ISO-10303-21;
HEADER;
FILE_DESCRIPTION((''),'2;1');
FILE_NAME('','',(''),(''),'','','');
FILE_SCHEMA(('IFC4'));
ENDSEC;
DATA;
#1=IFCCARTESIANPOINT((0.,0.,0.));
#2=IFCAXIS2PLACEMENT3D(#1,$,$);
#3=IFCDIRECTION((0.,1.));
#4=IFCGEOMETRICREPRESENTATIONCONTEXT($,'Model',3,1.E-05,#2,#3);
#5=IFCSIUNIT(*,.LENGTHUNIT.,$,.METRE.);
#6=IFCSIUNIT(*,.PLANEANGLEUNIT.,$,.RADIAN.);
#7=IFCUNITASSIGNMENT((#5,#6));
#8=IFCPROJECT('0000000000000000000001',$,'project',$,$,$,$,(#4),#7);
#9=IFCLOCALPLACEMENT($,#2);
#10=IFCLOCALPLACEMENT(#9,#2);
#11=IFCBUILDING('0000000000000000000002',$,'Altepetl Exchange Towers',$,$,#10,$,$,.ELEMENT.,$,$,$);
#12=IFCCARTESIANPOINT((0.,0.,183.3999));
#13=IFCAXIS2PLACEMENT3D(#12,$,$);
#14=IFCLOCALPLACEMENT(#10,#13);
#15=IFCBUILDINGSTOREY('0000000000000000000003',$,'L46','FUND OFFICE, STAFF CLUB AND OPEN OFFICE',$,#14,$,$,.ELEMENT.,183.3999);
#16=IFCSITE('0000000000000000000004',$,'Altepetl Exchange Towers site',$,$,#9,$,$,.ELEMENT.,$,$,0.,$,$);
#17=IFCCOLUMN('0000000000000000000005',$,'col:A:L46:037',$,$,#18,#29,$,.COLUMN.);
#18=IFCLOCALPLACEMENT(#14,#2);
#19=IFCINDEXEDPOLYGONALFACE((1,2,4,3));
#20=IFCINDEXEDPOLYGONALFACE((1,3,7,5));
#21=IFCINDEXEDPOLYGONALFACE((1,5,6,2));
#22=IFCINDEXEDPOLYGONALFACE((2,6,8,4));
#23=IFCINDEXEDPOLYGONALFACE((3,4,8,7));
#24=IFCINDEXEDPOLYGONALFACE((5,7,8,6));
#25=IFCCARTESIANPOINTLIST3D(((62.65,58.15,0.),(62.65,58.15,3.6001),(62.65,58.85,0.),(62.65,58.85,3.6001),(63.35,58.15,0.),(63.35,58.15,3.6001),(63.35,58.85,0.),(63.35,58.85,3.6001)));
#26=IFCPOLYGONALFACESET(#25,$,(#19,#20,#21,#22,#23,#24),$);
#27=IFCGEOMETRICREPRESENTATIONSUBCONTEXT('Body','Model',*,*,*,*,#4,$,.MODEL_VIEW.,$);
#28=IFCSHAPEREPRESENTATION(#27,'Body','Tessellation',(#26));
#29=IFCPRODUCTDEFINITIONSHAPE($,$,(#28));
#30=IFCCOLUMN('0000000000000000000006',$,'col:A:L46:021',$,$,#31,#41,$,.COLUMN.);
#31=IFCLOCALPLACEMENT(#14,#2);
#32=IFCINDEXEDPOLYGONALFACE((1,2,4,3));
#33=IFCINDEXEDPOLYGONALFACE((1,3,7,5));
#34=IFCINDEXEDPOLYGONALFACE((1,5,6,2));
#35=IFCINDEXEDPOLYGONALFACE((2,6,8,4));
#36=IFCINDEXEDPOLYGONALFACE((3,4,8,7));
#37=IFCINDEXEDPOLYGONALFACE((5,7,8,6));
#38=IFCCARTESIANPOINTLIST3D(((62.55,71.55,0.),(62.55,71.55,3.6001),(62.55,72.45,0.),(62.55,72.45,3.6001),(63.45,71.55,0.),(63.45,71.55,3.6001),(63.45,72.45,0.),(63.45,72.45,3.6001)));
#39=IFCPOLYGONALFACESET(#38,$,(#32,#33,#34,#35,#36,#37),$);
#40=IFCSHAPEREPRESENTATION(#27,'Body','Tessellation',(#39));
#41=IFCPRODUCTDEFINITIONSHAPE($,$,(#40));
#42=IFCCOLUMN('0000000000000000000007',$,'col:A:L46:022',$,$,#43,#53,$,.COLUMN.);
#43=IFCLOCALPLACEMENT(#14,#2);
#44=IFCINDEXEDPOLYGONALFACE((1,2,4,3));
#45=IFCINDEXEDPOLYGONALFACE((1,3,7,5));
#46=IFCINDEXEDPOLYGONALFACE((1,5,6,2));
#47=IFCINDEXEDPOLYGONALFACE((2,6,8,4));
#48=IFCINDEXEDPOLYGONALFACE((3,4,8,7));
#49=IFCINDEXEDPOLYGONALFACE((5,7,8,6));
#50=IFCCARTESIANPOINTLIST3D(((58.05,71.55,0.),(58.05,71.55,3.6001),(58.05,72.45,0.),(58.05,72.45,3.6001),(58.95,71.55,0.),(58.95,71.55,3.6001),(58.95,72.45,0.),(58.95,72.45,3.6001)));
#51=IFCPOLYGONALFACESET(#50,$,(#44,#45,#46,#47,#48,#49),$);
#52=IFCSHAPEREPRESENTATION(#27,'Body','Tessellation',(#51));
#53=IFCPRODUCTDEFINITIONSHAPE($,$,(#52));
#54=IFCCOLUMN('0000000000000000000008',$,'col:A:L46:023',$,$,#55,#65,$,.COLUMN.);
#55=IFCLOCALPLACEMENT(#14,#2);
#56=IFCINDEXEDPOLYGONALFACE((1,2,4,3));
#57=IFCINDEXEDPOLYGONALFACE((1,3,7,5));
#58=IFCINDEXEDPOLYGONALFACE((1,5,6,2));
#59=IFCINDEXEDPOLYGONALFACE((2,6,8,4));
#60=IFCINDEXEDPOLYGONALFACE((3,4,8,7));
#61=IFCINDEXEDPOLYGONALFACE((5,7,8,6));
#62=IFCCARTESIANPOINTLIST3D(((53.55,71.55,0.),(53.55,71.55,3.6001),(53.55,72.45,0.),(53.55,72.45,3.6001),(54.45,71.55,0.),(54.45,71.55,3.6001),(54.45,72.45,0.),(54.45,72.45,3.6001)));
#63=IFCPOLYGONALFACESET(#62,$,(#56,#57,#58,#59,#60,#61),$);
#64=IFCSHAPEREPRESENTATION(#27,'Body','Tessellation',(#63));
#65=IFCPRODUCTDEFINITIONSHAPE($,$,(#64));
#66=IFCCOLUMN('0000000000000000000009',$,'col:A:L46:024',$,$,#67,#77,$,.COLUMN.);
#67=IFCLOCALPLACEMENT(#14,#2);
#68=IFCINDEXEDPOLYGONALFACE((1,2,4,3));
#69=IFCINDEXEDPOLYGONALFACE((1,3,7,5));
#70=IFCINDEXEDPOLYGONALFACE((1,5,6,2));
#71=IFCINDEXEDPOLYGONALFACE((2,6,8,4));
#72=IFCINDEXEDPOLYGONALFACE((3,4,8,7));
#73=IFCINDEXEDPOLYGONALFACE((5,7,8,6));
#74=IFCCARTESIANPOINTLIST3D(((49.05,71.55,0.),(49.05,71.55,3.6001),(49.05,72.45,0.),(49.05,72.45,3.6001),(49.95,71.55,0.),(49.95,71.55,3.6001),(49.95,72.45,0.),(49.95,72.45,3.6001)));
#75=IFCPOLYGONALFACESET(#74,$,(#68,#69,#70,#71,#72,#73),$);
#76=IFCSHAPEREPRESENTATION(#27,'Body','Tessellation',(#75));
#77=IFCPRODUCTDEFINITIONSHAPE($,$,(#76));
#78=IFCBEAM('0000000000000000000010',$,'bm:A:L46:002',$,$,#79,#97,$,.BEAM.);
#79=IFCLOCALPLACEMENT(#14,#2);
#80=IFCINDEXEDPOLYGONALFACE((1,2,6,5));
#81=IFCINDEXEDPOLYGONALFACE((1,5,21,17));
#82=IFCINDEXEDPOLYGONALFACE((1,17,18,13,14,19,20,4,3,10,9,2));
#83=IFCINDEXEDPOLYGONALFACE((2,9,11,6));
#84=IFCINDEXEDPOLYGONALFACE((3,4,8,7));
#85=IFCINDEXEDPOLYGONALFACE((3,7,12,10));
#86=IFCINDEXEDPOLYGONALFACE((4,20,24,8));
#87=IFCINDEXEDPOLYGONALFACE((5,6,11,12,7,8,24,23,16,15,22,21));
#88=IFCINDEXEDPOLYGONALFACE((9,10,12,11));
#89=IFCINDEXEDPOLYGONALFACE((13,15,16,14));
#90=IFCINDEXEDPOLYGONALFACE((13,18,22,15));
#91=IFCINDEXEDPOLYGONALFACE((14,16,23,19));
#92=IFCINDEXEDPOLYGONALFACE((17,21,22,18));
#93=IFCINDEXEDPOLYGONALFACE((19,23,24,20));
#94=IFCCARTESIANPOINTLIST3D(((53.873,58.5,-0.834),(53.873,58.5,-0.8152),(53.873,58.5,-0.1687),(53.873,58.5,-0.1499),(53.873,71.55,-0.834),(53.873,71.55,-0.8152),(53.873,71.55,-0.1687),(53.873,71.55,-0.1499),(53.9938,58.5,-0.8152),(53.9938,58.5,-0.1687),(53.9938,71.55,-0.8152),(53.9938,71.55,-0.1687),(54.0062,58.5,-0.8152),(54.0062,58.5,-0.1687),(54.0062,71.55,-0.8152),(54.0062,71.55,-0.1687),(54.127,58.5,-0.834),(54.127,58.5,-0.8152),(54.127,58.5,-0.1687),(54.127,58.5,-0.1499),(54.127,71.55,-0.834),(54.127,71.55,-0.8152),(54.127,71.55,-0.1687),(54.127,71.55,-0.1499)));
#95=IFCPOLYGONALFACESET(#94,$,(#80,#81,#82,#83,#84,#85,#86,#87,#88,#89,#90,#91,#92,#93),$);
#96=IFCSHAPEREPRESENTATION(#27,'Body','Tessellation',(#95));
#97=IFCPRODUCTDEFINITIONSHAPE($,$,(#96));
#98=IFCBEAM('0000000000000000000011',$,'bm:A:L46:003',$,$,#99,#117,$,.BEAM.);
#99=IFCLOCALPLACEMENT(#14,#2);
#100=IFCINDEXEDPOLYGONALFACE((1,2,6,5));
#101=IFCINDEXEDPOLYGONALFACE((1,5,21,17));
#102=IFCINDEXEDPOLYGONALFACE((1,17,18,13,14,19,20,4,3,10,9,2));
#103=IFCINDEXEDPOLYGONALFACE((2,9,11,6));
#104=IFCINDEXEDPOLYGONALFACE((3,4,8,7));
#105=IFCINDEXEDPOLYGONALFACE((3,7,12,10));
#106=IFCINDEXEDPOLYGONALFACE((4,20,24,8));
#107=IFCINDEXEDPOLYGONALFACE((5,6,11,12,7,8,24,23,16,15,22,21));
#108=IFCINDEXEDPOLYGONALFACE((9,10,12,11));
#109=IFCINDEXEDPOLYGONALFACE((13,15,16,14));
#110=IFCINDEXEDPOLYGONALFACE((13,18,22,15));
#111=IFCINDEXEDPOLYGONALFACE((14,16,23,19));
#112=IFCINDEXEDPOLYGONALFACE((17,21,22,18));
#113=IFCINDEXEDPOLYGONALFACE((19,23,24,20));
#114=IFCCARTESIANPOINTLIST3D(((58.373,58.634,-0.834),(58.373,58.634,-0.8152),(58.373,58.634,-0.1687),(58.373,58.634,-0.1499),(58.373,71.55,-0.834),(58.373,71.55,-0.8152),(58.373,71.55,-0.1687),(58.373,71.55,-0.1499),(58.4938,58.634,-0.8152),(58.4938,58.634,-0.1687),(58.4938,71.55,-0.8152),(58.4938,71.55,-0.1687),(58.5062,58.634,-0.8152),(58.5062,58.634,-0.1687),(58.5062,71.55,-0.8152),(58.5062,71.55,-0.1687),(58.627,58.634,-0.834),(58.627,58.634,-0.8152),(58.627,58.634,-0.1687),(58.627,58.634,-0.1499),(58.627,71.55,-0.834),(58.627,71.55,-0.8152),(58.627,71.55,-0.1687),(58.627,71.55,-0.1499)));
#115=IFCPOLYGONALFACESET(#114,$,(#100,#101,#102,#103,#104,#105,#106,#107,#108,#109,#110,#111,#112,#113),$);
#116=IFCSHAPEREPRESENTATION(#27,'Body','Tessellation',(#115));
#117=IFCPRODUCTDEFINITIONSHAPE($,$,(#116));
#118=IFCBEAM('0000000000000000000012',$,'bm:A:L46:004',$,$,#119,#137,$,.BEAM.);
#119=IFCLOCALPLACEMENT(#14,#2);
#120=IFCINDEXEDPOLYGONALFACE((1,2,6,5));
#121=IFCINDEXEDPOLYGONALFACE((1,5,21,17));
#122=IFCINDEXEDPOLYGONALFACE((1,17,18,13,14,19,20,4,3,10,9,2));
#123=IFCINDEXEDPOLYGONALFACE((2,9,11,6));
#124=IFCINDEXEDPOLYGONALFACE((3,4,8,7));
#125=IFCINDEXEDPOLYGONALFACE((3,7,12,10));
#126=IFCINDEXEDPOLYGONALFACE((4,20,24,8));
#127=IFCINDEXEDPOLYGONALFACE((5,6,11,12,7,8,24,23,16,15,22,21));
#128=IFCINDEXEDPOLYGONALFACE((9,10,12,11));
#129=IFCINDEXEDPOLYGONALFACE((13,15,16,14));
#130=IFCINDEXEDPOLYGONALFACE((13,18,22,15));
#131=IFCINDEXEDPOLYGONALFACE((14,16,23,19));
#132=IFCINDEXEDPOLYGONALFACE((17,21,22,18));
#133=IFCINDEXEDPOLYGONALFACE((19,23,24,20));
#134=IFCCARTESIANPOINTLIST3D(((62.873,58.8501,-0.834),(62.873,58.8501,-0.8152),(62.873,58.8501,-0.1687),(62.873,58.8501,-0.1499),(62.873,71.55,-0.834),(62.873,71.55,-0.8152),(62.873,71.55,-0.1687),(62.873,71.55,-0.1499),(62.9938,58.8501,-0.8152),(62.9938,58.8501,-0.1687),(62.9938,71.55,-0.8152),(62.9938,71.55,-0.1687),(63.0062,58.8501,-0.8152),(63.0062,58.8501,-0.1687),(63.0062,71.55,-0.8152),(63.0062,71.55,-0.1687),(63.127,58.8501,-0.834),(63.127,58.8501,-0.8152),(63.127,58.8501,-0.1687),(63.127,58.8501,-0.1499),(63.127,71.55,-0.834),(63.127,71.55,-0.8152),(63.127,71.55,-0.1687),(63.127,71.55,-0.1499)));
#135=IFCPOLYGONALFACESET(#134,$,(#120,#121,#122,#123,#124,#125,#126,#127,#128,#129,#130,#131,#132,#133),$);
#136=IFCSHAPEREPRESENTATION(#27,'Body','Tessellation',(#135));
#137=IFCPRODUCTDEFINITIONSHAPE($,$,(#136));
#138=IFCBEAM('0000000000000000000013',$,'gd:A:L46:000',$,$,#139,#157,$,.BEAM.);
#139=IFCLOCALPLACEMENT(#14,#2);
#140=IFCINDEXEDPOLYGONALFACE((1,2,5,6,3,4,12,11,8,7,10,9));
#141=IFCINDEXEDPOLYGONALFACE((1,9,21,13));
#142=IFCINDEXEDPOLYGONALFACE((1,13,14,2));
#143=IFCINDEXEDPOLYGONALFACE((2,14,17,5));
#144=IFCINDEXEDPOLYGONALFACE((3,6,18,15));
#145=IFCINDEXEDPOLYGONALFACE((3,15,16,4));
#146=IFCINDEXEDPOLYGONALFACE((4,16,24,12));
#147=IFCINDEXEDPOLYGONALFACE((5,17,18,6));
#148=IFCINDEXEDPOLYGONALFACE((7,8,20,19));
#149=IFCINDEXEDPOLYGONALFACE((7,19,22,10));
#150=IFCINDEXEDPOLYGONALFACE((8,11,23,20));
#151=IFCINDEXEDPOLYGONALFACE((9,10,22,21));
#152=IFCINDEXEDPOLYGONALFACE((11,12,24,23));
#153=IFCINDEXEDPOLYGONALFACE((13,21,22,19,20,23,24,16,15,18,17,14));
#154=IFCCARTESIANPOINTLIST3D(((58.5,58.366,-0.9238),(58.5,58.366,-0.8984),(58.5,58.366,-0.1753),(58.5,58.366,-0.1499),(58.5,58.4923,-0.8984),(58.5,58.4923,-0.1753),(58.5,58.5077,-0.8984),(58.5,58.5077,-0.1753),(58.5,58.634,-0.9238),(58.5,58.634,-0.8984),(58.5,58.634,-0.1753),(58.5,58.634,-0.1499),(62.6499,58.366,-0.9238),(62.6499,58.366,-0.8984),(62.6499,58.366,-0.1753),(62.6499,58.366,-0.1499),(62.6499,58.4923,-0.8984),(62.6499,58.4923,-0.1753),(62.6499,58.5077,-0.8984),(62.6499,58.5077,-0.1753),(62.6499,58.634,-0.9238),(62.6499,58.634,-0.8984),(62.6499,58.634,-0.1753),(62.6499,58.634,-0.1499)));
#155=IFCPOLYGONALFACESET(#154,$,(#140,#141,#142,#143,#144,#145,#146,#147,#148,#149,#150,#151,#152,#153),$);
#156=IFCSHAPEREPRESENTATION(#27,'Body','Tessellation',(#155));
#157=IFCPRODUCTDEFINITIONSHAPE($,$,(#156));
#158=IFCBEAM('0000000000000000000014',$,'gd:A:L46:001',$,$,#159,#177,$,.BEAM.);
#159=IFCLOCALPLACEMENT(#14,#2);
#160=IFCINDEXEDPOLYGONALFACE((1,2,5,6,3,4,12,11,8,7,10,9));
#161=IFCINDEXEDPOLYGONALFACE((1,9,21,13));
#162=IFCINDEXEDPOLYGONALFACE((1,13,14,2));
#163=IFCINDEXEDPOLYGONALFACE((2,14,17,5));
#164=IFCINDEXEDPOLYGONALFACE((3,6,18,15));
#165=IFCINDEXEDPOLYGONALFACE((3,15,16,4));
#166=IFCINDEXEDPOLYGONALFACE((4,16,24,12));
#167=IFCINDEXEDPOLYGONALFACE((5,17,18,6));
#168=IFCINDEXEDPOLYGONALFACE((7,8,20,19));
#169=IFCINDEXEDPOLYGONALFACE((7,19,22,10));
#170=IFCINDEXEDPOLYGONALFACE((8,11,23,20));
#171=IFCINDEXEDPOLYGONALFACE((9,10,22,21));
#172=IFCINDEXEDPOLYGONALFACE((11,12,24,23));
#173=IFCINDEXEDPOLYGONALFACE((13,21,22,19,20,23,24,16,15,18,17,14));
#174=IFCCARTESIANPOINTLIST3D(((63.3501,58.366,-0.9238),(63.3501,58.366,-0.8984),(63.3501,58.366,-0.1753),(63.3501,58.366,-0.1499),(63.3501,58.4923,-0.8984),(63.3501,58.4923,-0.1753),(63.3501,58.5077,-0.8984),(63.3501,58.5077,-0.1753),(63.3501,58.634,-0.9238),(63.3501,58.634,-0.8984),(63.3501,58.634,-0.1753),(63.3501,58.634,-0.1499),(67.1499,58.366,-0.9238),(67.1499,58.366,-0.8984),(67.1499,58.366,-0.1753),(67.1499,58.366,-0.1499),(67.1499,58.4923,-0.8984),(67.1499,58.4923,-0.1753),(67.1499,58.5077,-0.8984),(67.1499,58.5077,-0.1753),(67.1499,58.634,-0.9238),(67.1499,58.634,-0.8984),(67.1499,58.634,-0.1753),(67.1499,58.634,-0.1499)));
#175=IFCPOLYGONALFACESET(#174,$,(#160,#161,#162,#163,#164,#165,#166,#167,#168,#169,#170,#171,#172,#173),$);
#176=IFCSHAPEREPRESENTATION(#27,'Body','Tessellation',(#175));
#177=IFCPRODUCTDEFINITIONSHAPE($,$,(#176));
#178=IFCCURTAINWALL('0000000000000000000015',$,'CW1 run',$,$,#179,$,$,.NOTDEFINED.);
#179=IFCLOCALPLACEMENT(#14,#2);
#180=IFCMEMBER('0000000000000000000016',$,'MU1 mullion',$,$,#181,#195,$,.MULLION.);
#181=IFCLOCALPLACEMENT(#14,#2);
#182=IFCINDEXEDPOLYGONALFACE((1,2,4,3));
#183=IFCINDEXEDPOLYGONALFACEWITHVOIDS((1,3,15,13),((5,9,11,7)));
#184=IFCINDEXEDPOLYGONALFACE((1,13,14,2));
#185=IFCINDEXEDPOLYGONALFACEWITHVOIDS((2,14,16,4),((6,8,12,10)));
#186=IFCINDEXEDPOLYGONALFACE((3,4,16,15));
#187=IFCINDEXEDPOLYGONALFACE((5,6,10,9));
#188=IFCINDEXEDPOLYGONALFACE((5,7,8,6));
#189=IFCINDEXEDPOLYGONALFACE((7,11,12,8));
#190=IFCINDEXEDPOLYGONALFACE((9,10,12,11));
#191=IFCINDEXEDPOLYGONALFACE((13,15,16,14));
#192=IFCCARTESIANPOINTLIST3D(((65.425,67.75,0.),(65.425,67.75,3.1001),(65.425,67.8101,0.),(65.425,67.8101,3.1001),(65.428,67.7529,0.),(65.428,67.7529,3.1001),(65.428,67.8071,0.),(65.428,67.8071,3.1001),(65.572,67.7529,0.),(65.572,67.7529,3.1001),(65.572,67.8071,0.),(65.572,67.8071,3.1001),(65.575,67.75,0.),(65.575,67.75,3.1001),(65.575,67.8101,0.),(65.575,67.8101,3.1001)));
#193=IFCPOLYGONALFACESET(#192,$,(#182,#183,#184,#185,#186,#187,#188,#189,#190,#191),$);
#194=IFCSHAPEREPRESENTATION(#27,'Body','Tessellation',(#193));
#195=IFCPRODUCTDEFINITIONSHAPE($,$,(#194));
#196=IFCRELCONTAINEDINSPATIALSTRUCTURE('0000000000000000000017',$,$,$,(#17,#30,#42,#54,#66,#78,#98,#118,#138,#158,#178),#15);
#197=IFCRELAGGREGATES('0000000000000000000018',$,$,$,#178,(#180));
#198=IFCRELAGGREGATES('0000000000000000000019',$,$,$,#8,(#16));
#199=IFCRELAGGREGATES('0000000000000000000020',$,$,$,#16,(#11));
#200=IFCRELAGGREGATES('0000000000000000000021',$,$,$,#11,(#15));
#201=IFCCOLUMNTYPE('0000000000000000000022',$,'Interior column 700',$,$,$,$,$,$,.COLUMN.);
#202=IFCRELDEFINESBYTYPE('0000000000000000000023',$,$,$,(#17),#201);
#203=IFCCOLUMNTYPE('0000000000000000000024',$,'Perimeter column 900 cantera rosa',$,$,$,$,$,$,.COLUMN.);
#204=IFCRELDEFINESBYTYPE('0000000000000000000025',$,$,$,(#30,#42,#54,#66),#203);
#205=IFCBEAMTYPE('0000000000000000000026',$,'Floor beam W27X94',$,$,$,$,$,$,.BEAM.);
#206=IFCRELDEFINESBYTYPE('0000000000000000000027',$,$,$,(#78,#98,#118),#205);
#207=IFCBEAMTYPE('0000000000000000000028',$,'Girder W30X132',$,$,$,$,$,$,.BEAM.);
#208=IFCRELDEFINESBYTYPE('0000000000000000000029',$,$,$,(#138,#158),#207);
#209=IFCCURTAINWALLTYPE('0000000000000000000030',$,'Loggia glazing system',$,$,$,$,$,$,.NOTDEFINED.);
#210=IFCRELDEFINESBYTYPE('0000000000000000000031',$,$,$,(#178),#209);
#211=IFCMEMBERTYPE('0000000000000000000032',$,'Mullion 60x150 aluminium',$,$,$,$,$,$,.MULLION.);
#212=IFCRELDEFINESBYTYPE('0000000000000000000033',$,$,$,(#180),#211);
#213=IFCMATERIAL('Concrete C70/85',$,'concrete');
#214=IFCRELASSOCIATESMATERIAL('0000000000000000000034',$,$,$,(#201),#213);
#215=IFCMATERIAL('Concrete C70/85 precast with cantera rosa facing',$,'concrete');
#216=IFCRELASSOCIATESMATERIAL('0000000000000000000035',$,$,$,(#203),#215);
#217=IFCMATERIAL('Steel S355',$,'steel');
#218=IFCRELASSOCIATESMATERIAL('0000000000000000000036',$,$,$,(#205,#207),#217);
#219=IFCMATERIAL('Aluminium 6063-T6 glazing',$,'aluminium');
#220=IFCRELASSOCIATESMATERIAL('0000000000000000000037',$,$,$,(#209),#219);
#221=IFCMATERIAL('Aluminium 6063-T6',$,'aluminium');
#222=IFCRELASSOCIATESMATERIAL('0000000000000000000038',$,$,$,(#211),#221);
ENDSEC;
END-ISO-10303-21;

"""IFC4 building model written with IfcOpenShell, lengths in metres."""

from ifc_helpers import new_model, si_unit, direction, frame, origin, origin_2d, place, context, subcontext, project, spatial, rectangle, hollow_rectangle, i_section, extrude, material, material_profile, profile_set, type_object, element, aggregate, save


model = new_model("IFC4")

# Units and contexts
model_context = context("Model", 3, precision=1e-05, world=origin(), true_north=direction((0.0, 1.0)))
body_context = subcontext(model_context, "Body", "Model", "MODEL_VIEW")
ifc_project = project(units=[si_unit("LENGTHUNIT", "METRE"), si_unit("PLANEANGLEUNIT", "RADIAN")], contexts=[model_context])

# Site, building, storey
site_placement = place(None, origin())
site = spatial("IfcSite", under=ifc_project, at=site_placement, Name="Altepetl Exchange Towers site", CompositionType="ELEMENT", RefElevation=0.0)
building_placement = place(site_placement, origin())
building = spatial("IfcBuilding", under=site, at=building_placement, Name="Altepetl Exchange Towers", CompositionType="ELEMENT")
storey_placement = place(building_placement, frame((0.0, 0.0, 183.3999)))
storey = spatial("IfcBuildingStorey", under=building, at=storey_placement, Name="L46", Description="FUND OFFICE, STAFF CLUB AND OPEN OFFICE", CompositionType="ELEMENT", Elevation=183.3999)

# Columns
ifc_material_1 = material(Name="Concrete C70/85", Category="concrete")
ifc_material_profile_1 = material_profile(ifc_material_1, rectangle(XDim=0.7, YDim=0.7, at=origin_2d()), Name="700 x 700")
ifc_profile_set_1 = profile_set([ifc_material_profile_1], Name="Concrete C70/85")
column_type_1 = type_object("IfcColumnType", Name="Interior column 700", PredefinedType="COLUMN", material=ifc_profile_set_1)
column_placement = place(storey_placement, frame((63.0, 58.5, 0.0)))
element("IfcColumn", 1, at=column_placement, inside=storey, type_object=column_type_1, Name="col:A:L46:037", PredefinedType="COLUMN", context=body_context, shape_type="SweptSolid", body=[
    extrude(rectangle(XDim=0.7, YDim=0.7, at=origin_2d()), origin(), (0.0, 0.0, 1.0), 3.6001),
])
ifc_material_2 = material(Name="Concrete C70/85 precast with cantera rosa facing", Category="concrete")
ifc_material_profile_2 = material_profile(ifc_material_2, rectangle(XDim=0.8999, YDim=0.8999, at=origin_2d()), Name="900 x 900")
ifc_profile_set_2 = profile_set([ifc_material_profile_2], Name="Concrete C70/85 precast with cantera rosa facing")
column_type_2 = type_object("IfcColumnType", Name="Perimeter column 900 cantera rosa", PredefinedType="COLUMN", material=ifc_profile_set_2)
for number, where, name in (
    (2, (63.0, 72.0, 0.0), "col:A:L46:021"),
    (3, (58.5, 72.0, 0.0), "col:A:L46:022"),
    (4, (54.0, 72.0, 0.0), "col:A:L46:023"),
    (5, (49.5, 72.0, 0.0), "col:A:L46:024"),
):
    element("IfcColumn", number, at=place(storey_placement, frame(where)), inside=storey, type_object=column_type_2, Name=name, PredefinedType="COLUMN", context=body_context, shape_type="SweptSolid", body=[
        extrude(rectangle(XDim=0.8999, YDim=0.8999, at=origin_2d()), origin(), (0.0, 0.0, 1.0), 3.6001),
    ])

# Beams
ifc_material_3 = material(Name="Steel S355", Category="steel")
ifc_material_profile_3 = material_profile(ifc_material_3, i_section(OverallWidth=0.2539, OverallDepth=0.6841, WebThickness=0.0125, FlangeThickness=0.0188, at=origin_2d()), Name="W27X94")
ifc_profile_set_3 = profile_set([ifc_material_profile_3], Name="Steel S355")
beam_type_1 = type_object("IfcBeamType", Name="Floor beam W27X94", PredefinedType="BEAM", material=ifc_profile_set_3)
beam_1_placement = place(storey_placement, frame((54.0, 58.5, -0.4919), z_axis=(0.0, 1.0, 0.0), x_axis=(-1.0, 0.0, 0.0)))
element("IfcBeam", 6, at=beam_1_placement, inside=storey, type_object=beam_type_1, Name="bm:A:L46:002", PredefinedType="BEAM", context=body_context, shape_type="SweptSolid", body=[
    extrude(i_section(OverallWidth=0.2539, OverallDepth=0.6841, WebThickness=0.0125, FlangeThickness=0.0188, at=origin_2d()), origin(), (0.0, 0.0, 1.0), 13.05),
])
beam_2_placement = place(storey_placement, frame((58.5, 58.634, -0.4919), z_axis=(0.0, 1.0, 0.0), x_axis=(-1.0, 0.0, 0.0)))
element("IfcBeam", 7, at=beam_2_placement, inside=storey, type_object=beam_type_1, Name="bm:A:L46:003", PredefinedType="BEAM", context=body_context, shape_type="SweptSolid", body=[
    extrude(i_section(OverallWidth=0.2539, OverallDepth=0.6841, WebThickness=0.0125, FlangeThickness=0.0188, at=origin_2d()), origin(), (0.0, 0.0, 1.0), 12.916),
])
beam_3_placement = place(storey_placement, frame((63.0, 58.8501, -0.4919), z_axis=(0.0, 1.0, 0.0), x_axis=(-1.0, 0.0, 0.0)))
element("IfcBeam", 8, at=beam_3_placement, inside=storey, type_object=beam_type_1, Name="bm:A:L46:004", PredefinedType="BEAM", context=body_context, shape_type="SweptSolid", body=[
    extrude(i_section(OverallWidth=0.2539, OverallDepth=0.6841, WebThickness=0.0125, FlangeThickness=0.0188, at=origin_2d()), origin(), (0.0, 0.0, 1.0), 12.7),
])
ifc_material_profile_4 = material_profile(ifc_material_3, i_section(OverallWidth=0.2681, OverallDepth=0.7739, WebThickness=0.0154, FlangeThickness=0.0254, at=origin_2d()), Name="W30X132")
ifc_profile_set_4 = profile_set([ifc_material_profile_4], Name="Steel S355")
beam_type_2 = type_object("IfcBeamType", Name="Girder W30X132", PredefinedType="BEAM", material=ifc_profile_set_4)
beam_4_placement = place(storey_placement, frame((58.5, 58.5, -0.5369), z_axis=(1.0, 0.0, 0.0), x_axis=(0.0, 1.0, 0.0)))
element("IfcBeam", 9, at=beam_4_placement, inside=storey, type_object=beam_type_2, Name="gd:A:L46:000", PredefinedType="BEAM", context=body_context, shape_type="SweptSolid", body=[
    extrude(i_section(OverallWidth=0.2681, OverallDepth=0.7739, WebThickness=0.0154, FlangeThickness=0.0254, at=origin_2d()), origin(), (0.0, 0.0, 1.0), 4.1499),
])
beam_5_placement = place(storey_placement, frame((63.3501, 58.5, -0.5369), z_axis=(1.0, 0.0, 0.0), x_axis=(0.0, 1.0, 0.0)))
element("IfcBeam", 10, at=beam_5_placement, inside=storey, type_object=beam_type_2, Name="gd:A:L46:001", PredefinedType="BEAM", context=body_context, shape_type="SweptSolid", body=[
    extrude(i_section(OverallWidth=0.2681, OverallDepth=0.7739, WebThickness=0.0154, FlangeThickness=0.0254, at=origin_2d()), origin(), (0.0, 0.0, 1.0), 3.7998),
])

# Curtain wall, member
ifc_material_4 = material(Name="Aluminium 6063-T6 glazing", Category="aluminium")
curtain_wall_type = type_object("IfcCurtainWallType", Name="Loggia glazing system", PredefinedType="NOTDEFINED", material=ifc_material_4)
curtain_wall_1_placement = place(storey_placement, origin())
curtain_wall_1 = element("IfcCurtainWall", 11, at=curtain_wall_1_placement, inside=storey, type_object=curtain_wall_type, Name="CW1 run", PredefinedType="NOTDEFINED")
ifc_material_5 = material(Name="Aluminium 6063-T6", Category="aluminium")
ifc_material_profile_5 = material_profile(ifc_material_5, hollow_rectangle(XDim=0.0601, YDim=0.1499, WallThickness=0.0029, at=origin_2d()), Name="Mullion 60x150 aluminium")
ifc_profile_set_5 = profile_set([ifc_material_profile_5], Name="Aluminium 6063-T6")
member_type = type_object("IfcMemberType", Name="Mullion 60x150 aluminium", PredefinedType="MULLION", material=ifc_profile_set_5)
member_1_placement = place(storey_placement, frame((65.5, 67.78, 0.0), z_axis=(0.0, 0.0, 1.0), x_axis=(0.0, 1.0, 0.0)))
member_1 = element("IfcMember", 12, at=member_1_placement, type_object=member_type, Name="MU1 mullion", PredefinedType="MULLION", context=body_context, shape_type="SweptSolid", body=[
    extrude(hollow_rectangle(XDim=0.0601, YDim=0.1499, WallThickness=0.0029, at=origin_2d()), origin(), (0.0, 0.0, 1.0), 3.1001),
])

aggregate(curtain_wall_1, [member_1])

save(model, "model.ifc")
